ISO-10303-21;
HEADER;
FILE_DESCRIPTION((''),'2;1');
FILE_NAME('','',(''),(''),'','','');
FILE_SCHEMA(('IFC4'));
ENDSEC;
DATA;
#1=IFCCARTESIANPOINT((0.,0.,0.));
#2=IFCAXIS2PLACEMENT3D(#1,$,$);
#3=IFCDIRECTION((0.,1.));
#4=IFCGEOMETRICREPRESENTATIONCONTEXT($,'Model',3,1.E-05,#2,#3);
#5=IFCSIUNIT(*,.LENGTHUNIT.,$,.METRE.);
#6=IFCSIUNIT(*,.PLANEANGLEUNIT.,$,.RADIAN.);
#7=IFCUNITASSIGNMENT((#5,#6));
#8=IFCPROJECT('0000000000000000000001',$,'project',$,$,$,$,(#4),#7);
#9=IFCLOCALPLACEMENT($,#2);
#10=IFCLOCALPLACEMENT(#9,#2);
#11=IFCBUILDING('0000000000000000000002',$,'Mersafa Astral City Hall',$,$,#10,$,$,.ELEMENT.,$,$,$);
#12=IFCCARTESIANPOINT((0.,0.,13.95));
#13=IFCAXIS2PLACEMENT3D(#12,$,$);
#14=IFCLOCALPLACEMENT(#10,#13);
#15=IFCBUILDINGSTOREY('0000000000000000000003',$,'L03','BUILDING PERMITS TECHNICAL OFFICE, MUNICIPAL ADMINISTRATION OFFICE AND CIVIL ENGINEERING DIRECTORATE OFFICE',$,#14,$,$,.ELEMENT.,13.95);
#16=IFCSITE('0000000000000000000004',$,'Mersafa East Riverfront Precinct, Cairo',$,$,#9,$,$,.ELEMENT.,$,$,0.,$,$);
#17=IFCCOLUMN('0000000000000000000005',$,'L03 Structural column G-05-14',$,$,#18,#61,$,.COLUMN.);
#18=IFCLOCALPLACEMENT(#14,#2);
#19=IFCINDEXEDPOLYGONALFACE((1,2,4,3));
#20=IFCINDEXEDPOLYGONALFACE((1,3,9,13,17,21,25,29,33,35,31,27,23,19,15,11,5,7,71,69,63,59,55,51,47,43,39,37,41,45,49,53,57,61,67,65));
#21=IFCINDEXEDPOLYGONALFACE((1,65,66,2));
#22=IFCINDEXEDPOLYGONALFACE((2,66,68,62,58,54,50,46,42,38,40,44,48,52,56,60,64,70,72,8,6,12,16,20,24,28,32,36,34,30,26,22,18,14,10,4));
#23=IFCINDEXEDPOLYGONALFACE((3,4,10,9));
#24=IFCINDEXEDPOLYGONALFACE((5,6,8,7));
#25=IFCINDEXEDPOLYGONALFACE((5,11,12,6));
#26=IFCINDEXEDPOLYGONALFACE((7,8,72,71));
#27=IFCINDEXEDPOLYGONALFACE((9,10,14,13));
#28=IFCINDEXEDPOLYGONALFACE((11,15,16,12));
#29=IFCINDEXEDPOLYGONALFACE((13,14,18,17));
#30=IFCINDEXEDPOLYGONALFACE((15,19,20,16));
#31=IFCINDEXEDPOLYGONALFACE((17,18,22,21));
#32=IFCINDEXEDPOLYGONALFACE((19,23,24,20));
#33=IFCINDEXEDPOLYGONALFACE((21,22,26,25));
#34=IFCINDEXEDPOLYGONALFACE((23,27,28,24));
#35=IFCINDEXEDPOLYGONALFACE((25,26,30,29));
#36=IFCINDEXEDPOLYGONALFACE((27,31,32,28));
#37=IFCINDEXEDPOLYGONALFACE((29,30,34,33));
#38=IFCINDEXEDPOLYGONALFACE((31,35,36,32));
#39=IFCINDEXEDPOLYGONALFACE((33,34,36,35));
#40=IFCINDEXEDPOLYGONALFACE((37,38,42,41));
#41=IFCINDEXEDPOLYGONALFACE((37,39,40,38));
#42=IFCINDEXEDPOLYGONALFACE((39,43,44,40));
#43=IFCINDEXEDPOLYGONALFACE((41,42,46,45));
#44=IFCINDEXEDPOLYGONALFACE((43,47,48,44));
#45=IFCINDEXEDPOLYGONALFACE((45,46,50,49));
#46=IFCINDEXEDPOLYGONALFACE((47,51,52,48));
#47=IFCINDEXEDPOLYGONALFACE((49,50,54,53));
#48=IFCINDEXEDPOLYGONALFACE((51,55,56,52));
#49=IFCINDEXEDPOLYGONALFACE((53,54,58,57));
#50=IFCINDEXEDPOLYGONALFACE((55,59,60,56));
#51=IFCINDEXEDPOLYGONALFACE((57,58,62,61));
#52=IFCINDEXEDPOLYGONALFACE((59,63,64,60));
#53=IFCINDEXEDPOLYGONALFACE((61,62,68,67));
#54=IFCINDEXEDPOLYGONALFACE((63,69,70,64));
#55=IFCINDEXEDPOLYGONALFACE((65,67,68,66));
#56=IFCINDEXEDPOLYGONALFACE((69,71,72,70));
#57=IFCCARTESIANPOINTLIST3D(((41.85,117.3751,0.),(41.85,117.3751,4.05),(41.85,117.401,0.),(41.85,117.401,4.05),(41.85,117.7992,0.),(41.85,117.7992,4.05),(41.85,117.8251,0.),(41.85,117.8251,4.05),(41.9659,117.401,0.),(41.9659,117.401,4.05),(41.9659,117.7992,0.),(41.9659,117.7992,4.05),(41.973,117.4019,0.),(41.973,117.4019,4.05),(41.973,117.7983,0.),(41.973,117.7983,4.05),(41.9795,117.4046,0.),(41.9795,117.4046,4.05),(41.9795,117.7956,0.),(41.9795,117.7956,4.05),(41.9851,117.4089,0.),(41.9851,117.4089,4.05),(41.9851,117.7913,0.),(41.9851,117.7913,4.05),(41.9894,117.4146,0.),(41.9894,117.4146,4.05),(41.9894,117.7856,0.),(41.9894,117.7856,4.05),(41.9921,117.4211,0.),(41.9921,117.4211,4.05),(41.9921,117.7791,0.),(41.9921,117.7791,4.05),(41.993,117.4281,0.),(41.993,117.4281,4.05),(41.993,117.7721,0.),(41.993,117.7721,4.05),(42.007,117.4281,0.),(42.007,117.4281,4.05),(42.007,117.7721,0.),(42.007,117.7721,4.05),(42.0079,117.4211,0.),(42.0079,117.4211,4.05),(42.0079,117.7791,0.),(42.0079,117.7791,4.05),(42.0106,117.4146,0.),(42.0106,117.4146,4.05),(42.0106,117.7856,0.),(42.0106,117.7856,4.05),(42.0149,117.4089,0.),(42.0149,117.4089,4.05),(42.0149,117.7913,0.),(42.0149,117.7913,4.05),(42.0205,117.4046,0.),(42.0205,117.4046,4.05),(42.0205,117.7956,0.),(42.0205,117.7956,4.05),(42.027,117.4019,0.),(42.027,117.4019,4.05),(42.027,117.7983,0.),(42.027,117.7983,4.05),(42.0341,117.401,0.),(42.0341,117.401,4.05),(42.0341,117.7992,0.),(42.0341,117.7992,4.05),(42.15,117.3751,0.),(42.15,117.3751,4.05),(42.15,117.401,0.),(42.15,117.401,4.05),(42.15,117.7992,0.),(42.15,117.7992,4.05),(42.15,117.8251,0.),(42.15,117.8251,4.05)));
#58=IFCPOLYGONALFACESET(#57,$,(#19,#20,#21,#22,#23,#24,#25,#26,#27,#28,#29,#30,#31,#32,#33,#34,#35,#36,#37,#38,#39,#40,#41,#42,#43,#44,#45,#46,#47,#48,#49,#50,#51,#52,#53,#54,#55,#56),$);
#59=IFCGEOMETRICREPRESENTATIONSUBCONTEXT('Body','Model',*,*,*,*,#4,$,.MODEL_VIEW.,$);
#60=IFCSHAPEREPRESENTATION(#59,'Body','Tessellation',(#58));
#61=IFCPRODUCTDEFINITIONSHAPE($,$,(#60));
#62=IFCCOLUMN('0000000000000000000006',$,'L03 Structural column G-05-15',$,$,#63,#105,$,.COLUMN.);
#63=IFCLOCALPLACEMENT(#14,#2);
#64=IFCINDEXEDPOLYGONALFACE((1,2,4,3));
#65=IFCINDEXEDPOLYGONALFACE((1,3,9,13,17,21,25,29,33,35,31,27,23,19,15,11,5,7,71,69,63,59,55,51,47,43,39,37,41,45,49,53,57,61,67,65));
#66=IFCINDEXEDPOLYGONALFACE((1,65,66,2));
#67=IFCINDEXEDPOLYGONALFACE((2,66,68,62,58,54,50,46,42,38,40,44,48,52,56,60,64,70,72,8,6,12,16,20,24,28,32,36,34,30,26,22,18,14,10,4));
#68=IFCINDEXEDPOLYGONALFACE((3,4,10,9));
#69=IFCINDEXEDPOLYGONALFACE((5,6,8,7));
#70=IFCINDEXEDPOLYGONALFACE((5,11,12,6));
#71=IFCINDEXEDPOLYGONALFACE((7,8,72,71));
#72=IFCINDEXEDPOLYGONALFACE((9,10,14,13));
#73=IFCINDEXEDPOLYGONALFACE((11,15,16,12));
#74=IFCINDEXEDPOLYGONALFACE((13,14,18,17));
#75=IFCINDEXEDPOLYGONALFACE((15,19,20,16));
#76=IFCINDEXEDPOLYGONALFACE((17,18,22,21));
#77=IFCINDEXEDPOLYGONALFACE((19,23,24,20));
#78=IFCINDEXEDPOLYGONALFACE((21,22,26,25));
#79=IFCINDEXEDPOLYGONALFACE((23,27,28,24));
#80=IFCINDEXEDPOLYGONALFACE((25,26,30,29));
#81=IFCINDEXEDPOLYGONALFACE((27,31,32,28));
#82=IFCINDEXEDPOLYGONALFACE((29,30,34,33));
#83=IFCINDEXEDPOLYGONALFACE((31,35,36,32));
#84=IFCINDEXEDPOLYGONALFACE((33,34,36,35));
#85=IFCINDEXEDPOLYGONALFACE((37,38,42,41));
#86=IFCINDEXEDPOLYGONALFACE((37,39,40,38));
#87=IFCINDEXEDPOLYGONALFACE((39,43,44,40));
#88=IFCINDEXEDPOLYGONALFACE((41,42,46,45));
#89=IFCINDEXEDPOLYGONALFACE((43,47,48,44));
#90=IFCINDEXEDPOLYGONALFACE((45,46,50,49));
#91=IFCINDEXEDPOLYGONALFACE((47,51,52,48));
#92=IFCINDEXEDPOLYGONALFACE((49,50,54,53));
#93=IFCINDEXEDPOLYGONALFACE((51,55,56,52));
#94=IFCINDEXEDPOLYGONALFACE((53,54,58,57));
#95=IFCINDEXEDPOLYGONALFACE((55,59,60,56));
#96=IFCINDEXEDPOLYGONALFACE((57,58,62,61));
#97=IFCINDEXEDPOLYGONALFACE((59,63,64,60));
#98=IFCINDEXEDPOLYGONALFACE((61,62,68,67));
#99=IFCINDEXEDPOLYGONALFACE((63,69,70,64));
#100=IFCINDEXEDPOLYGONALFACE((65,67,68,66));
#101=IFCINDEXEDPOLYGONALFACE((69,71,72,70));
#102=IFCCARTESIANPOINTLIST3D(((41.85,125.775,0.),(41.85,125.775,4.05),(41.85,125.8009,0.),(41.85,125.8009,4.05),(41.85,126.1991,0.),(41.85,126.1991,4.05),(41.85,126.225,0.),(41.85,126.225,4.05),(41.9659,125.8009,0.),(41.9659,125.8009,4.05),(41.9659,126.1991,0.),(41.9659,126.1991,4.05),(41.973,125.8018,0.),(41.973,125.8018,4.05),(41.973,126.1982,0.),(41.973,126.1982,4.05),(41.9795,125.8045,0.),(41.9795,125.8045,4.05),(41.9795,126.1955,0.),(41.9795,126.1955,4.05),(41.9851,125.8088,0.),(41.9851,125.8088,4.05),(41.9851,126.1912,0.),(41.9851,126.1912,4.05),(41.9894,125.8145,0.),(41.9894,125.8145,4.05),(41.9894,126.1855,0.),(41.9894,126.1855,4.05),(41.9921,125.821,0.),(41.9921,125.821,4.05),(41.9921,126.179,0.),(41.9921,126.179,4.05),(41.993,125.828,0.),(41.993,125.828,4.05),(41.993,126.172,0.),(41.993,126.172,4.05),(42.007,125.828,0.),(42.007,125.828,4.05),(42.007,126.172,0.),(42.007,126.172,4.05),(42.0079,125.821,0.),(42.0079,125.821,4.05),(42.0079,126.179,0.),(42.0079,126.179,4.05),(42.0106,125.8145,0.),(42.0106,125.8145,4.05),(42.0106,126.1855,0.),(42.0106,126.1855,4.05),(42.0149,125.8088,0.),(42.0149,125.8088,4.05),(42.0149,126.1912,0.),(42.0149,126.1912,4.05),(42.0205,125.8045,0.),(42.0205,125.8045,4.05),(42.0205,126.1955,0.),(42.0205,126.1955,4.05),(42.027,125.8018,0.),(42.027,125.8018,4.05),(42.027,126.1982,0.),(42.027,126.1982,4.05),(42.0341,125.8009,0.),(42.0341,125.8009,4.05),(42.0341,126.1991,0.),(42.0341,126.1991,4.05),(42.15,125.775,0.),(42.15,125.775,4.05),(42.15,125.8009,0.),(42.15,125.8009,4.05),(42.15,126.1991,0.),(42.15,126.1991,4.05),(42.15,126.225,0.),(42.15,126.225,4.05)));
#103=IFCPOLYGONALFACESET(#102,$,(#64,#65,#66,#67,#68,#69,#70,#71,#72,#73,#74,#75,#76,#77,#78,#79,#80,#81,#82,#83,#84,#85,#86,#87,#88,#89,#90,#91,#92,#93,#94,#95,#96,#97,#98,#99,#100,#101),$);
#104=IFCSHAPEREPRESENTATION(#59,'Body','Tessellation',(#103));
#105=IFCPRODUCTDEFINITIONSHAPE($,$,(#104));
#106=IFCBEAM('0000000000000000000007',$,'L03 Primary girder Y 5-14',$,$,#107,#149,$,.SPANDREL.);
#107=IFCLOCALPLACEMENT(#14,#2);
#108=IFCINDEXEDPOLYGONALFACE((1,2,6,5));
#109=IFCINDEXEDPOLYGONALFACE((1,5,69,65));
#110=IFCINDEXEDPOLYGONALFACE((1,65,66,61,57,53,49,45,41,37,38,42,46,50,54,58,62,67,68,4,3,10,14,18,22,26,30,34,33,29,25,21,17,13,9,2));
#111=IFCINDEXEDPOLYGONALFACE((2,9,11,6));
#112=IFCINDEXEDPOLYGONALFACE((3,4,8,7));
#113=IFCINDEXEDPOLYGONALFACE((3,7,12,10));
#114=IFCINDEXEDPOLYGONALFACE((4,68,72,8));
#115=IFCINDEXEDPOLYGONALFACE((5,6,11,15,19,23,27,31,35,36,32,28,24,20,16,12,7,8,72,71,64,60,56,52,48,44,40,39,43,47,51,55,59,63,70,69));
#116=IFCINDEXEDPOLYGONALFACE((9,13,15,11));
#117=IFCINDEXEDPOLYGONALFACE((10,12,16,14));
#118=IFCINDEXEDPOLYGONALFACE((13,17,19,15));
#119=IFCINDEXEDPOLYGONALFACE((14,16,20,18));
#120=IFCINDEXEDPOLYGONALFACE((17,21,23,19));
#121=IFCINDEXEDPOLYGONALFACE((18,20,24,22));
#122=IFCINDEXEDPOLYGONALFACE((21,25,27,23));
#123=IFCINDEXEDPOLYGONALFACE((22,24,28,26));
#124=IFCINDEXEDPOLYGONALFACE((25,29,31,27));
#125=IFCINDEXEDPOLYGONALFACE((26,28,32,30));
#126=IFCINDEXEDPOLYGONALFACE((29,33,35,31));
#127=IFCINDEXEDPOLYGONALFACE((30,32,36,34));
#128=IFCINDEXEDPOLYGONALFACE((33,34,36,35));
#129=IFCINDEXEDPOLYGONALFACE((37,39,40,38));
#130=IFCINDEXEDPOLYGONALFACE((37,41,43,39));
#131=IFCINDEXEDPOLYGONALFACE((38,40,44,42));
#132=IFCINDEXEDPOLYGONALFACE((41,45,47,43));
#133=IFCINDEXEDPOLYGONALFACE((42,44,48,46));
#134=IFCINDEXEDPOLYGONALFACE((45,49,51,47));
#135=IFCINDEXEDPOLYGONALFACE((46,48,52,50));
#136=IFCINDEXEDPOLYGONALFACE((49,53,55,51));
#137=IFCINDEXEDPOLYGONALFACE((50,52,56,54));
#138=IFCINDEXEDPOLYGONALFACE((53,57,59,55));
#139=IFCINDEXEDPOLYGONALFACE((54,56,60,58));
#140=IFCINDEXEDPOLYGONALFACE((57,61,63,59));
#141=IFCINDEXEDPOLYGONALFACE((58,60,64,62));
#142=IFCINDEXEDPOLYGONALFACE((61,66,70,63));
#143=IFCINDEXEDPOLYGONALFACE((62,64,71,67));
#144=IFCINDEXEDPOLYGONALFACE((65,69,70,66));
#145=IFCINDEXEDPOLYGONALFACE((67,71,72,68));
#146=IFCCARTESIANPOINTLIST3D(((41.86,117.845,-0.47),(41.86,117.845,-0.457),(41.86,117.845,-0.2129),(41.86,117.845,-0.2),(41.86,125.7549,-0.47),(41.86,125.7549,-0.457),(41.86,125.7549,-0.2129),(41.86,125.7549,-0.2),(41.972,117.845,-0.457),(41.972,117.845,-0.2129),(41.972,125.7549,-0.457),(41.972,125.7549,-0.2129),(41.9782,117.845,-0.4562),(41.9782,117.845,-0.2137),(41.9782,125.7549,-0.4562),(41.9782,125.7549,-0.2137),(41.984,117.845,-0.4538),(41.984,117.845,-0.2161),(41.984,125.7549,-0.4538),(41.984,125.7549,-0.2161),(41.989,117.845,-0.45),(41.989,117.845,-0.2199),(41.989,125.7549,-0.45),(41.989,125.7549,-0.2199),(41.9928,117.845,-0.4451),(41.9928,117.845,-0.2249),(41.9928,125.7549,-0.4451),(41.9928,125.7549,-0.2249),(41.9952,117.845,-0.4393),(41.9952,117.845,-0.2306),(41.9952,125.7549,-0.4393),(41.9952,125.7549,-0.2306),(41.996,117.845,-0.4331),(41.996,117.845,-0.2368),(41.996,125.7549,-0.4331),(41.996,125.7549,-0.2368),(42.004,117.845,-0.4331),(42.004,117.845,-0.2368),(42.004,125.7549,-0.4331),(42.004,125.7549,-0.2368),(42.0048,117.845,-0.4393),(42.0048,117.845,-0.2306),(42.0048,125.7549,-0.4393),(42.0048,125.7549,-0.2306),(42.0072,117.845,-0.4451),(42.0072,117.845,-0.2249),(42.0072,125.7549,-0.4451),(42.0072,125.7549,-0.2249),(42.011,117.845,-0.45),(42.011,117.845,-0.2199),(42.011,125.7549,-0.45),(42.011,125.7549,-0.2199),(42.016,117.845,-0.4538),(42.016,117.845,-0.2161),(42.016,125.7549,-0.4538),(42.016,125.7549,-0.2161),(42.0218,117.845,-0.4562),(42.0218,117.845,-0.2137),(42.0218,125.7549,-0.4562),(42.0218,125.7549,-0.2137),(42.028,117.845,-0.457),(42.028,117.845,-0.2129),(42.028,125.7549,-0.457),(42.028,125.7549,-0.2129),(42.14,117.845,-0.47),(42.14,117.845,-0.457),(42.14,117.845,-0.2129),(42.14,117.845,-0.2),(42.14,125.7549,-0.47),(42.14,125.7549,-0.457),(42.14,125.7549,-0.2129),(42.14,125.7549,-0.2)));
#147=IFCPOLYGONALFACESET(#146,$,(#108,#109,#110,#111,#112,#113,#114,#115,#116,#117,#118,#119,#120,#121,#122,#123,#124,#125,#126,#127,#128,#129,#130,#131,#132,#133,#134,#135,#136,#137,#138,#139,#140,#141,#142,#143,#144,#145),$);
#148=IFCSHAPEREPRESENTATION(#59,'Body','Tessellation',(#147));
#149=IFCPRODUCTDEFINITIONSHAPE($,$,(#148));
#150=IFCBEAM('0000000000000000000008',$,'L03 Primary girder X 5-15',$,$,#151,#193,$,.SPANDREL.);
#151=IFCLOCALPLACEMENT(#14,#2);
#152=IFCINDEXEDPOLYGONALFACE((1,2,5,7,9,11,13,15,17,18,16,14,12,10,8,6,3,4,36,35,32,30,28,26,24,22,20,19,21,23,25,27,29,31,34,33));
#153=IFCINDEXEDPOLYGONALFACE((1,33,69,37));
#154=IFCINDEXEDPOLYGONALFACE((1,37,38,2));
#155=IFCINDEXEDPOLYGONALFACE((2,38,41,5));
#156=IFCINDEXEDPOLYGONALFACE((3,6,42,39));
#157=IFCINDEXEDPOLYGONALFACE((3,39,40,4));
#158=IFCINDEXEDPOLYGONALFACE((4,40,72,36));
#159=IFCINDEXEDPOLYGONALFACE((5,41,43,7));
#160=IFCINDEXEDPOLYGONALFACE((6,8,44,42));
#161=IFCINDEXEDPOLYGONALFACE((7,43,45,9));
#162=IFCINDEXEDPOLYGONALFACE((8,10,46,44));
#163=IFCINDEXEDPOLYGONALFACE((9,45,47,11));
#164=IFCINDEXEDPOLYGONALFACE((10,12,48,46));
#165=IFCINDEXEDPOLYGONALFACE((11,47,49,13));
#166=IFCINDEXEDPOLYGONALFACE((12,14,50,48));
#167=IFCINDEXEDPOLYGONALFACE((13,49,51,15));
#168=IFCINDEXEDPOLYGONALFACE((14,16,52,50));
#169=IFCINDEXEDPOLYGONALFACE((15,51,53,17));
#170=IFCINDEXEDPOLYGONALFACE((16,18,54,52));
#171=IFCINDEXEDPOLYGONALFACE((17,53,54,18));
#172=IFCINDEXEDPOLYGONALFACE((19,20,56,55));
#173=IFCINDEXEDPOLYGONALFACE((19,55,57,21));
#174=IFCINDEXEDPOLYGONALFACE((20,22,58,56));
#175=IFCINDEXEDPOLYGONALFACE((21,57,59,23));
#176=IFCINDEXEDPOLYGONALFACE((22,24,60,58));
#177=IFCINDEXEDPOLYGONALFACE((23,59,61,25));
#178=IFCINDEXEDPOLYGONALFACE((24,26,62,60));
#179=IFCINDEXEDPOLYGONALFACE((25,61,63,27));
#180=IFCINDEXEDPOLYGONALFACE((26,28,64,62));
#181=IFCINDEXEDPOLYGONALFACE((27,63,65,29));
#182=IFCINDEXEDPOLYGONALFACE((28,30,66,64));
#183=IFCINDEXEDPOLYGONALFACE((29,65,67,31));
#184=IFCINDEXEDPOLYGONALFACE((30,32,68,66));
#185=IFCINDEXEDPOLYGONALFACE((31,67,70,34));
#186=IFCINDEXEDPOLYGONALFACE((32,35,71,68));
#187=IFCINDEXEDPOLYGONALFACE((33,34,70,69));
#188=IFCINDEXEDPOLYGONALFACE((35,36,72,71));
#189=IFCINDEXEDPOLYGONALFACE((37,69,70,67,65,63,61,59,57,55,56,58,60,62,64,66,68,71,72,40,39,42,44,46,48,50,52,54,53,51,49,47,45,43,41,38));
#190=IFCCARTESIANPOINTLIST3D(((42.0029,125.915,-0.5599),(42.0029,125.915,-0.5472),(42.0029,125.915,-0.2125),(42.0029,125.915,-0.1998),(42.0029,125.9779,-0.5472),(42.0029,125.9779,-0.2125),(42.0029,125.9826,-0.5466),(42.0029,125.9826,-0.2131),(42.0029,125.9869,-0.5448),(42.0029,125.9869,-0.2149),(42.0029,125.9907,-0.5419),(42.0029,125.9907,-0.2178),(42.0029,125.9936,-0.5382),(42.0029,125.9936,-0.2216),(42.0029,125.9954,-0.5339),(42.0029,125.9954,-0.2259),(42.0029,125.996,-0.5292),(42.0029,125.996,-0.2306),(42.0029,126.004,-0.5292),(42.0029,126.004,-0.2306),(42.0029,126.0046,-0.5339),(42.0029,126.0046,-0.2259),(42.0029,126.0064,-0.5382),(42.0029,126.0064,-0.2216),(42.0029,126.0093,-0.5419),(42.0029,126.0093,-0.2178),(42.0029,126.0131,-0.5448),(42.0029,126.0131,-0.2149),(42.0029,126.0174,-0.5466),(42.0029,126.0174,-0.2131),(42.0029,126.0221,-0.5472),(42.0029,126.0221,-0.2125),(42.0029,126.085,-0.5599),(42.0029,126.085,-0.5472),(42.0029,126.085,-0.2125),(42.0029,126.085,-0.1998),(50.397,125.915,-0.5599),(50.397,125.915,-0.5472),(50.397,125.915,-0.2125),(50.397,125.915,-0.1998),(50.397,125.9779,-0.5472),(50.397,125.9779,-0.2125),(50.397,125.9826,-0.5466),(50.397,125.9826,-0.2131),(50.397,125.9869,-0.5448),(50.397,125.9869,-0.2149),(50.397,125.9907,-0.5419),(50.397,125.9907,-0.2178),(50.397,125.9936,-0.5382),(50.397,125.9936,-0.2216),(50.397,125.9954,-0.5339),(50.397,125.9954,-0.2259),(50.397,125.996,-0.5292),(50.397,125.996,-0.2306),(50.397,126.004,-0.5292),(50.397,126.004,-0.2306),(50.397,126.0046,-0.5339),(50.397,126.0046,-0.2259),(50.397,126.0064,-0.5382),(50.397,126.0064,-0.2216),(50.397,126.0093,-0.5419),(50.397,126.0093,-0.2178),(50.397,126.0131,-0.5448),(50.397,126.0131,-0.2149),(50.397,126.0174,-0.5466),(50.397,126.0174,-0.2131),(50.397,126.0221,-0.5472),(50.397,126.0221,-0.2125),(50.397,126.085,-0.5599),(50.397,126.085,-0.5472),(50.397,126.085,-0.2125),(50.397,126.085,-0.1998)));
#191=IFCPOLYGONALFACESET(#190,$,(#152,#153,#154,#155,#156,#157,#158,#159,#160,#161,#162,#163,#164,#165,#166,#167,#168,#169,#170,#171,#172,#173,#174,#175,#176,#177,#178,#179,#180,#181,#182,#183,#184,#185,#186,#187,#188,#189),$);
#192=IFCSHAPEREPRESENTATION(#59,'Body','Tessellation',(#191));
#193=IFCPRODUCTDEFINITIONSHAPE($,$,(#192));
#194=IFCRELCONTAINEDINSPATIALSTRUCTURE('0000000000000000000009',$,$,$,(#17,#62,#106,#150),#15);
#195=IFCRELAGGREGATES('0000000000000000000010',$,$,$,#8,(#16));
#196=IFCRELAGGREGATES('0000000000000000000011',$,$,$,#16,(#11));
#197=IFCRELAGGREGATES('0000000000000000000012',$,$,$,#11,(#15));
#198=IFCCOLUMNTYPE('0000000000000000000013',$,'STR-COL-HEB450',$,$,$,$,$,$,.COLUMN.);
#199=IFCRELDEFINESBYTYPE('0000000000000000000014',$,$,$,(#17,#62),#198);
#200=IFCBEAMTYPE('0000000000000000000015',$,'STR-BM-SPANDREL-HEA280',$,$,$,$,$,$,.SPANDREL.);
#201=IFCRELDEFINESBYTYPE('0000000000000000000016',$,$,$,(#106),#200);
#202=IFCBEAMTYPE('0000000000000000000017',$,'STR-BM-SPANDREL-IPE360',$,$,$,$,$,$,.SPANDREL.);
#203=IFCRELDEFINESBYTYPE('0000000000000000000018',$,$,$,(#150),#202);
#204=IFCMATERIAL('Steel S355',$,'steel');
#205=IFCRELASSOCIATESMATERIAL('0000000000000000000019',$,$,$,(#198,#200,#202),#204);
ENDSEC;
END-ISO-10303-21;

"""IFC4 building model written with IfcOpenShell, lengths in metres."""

from ifc_helpers import new_model, si_unit, direction, frame, origin, origin_2d, place, context, subcontext, project, spatial, i_section, extrude, material, material_profile, profile_set, type_object, element, save


model = new_model("IFC4")

# Units and contexts
model_context = context("Model", 3, precision=1e-05, world=origin(), true_north=direction((0.0, 1.0)))
body_context = subcontext(model_context, "Body", "Model", "MODEL_VIEW")
ifc_project = project(units=[si_unit("LENGTHUNIT", "METRE"), si_unit("PLANEANGLEUNIT", "RADIAN")], contexts=[model_context])

# Site, building, storey
site_placement = place(None, origin())
site = spatial("IfcSite", under=ifc_project, at=site_placement, Name="Mersafa East Riverfront Precinct, Cairo", CompositionType="ELEMENT", RefElevation=0.0)
building_placement = place(site_placement, origin())
building = spatial("IfcBuilding", under=site, at=building_placement, Name="Mersafa Astral City Hall", CompositionType="ELEMENT")
storey_placement = place(building_placement, frame((0.0, 0.0, 13.95)))
storey = spatial("IfcBuildingStorey", under=building, at=storey_placement, Name="L03", Description="BUILDING PERMITS TECHNICAL OFFICE, MUNICIPAL ADMINISTRATION OFFICE AND CIVIL ENGINEERING DIRECTORATE OFFICE", CompositionType="ELEMENT", Elevation=13.95)

# Columns
ifc_material_1 = material(Name="Steel S355", Category="steel")
ifc_material_profile_1 = material_profile(ifc_material_1, i_section(OverallWidth=0.3, OverallDepth=0.45, WebThickness=0.0139, FlangeThickness=0.0259, FilletRadius=0.0271, at=origin_2d()), Name="HEB 450")
ifc_profile_set_1 = profile_set([ifc_material_profile_1], Name="Steel S355")
column_type = type_object("IfcColumnType", Name="STR-COL-HEB450", PredefinedType="COLUMN", material=ifc_profile_set_1)
for number, where, z_axis, x_axis, name in (
    (1, (42.0, 117.6001, 0.0), (0.0, 0.0, 1.0), (1.0, 0.0, 0.0), "L03 Structural column G-05-14"),
    (2, (42.0, 126.0, 0.0), (0.0, 0.0, 1.0), (1.0, 0.0, 0.0), "L03 Structural column G-05-15"),
):
    element("IfcColumn", number, at=place(storey_placement, frame(where, z_axis=z_axis, x_axis=x_axis)), inside=storey, type_object=column_type, Name=name, PredefinedType="COLUMN", context=body_context, shape_type="SweptSolid", body=[
        extrude(i_section(OverallWidth=0.3, OverallDepth=0.45, WebThickness=0.0139, FlangeThickness=0.0259, FilletRadius=0.0271, at=origin_2d()), origin(), (0.0, 0.0, 1.0), 4.05),
    ])

# Beams
ifc_material_profile_2 = material_profile(ifc_material_1, i_section(OverallWidth=0.28, OverallDepth=0.27, WebThickness=0.0081, FlangeThickness=0.0129, FilletRadius=0.0239, at=origin_2d()), Name="HEA 280")
ifc_profile_set_2 = profile_set([ifc_material_profile_2], Name="Steel S355")
beam_type_1 = type_object("IfcBeamType", Name="STR-BM-SPANDREL-HEA280", PredefinedType="SPANDREL", material=ifc_profile_set_2)
beam_1_placement = place(storey_placement, frame((42.0, 117.845, -0.335), z_axis=(0.0, 1.0, 0.0), x_axis=(-1.0, 0.0, 0.0)))
element("IfcBeam", 3, at=beam_1_placement, inside=storey, type_object=beam_type_1, Name="L03 Primary girder Y 5-14", PredefinedType="SPANDREL", context=body_context, shape_type="SweptSolid", body=[
    extrude(i_section(OverallWidth=0.28, OverallDepth=0.27, WebThickness=0.0081, FlangeThickness=0.0129, FilletRadius=0.0239, at=origin_2d()), origin(), (0.0, 0.0, 1.0), 7.9099),
])
ifc_material_profile_3 = material_profile(ifc_material_1, i_section(OverallWidth=0.1699, OverallDepth=0.3601, WebThickness=0.0081, FlangeThickness=0.0127, FilletRadius=0.0181, at=origin_2d()), Name="IPE 360")
ifc_profile_set_3 = profile_set([ifc_material_profile_3], Name="Steel S355")
beam_type_2 = type_object("IfcBeamType", Name="STR-BM-SPANDREL-IPE360", PredefinedType="SPANDREL", material=ifc_profile_set_3)
beam_2_placement = place(storey_placement, frame((42.0029, 126.0, -0.3799), z_axis=(1.0, 0.0, 0.0), x_axis=(0.0, 1.0, 0.0)))
element("IfcBeam", 4, at=beam_2_placement, inside=storey, type_object=beam_type_2, Name="L03 Primary girder X 5-15", PredefinedType="SPANDREL", context=body_context, shape_type="SweptSolid", body=[
    extrude(i_section(OverallWidth=0.1699, OverallDepth=0.3601, WebThickness=0.0081, FlangeThickness=0.0127, FilletRadius=0.0181, at=origin_2d()), origin(), (0.0, 0.0, 1.0), 8.394),
])

save(model, "model.ifc")
